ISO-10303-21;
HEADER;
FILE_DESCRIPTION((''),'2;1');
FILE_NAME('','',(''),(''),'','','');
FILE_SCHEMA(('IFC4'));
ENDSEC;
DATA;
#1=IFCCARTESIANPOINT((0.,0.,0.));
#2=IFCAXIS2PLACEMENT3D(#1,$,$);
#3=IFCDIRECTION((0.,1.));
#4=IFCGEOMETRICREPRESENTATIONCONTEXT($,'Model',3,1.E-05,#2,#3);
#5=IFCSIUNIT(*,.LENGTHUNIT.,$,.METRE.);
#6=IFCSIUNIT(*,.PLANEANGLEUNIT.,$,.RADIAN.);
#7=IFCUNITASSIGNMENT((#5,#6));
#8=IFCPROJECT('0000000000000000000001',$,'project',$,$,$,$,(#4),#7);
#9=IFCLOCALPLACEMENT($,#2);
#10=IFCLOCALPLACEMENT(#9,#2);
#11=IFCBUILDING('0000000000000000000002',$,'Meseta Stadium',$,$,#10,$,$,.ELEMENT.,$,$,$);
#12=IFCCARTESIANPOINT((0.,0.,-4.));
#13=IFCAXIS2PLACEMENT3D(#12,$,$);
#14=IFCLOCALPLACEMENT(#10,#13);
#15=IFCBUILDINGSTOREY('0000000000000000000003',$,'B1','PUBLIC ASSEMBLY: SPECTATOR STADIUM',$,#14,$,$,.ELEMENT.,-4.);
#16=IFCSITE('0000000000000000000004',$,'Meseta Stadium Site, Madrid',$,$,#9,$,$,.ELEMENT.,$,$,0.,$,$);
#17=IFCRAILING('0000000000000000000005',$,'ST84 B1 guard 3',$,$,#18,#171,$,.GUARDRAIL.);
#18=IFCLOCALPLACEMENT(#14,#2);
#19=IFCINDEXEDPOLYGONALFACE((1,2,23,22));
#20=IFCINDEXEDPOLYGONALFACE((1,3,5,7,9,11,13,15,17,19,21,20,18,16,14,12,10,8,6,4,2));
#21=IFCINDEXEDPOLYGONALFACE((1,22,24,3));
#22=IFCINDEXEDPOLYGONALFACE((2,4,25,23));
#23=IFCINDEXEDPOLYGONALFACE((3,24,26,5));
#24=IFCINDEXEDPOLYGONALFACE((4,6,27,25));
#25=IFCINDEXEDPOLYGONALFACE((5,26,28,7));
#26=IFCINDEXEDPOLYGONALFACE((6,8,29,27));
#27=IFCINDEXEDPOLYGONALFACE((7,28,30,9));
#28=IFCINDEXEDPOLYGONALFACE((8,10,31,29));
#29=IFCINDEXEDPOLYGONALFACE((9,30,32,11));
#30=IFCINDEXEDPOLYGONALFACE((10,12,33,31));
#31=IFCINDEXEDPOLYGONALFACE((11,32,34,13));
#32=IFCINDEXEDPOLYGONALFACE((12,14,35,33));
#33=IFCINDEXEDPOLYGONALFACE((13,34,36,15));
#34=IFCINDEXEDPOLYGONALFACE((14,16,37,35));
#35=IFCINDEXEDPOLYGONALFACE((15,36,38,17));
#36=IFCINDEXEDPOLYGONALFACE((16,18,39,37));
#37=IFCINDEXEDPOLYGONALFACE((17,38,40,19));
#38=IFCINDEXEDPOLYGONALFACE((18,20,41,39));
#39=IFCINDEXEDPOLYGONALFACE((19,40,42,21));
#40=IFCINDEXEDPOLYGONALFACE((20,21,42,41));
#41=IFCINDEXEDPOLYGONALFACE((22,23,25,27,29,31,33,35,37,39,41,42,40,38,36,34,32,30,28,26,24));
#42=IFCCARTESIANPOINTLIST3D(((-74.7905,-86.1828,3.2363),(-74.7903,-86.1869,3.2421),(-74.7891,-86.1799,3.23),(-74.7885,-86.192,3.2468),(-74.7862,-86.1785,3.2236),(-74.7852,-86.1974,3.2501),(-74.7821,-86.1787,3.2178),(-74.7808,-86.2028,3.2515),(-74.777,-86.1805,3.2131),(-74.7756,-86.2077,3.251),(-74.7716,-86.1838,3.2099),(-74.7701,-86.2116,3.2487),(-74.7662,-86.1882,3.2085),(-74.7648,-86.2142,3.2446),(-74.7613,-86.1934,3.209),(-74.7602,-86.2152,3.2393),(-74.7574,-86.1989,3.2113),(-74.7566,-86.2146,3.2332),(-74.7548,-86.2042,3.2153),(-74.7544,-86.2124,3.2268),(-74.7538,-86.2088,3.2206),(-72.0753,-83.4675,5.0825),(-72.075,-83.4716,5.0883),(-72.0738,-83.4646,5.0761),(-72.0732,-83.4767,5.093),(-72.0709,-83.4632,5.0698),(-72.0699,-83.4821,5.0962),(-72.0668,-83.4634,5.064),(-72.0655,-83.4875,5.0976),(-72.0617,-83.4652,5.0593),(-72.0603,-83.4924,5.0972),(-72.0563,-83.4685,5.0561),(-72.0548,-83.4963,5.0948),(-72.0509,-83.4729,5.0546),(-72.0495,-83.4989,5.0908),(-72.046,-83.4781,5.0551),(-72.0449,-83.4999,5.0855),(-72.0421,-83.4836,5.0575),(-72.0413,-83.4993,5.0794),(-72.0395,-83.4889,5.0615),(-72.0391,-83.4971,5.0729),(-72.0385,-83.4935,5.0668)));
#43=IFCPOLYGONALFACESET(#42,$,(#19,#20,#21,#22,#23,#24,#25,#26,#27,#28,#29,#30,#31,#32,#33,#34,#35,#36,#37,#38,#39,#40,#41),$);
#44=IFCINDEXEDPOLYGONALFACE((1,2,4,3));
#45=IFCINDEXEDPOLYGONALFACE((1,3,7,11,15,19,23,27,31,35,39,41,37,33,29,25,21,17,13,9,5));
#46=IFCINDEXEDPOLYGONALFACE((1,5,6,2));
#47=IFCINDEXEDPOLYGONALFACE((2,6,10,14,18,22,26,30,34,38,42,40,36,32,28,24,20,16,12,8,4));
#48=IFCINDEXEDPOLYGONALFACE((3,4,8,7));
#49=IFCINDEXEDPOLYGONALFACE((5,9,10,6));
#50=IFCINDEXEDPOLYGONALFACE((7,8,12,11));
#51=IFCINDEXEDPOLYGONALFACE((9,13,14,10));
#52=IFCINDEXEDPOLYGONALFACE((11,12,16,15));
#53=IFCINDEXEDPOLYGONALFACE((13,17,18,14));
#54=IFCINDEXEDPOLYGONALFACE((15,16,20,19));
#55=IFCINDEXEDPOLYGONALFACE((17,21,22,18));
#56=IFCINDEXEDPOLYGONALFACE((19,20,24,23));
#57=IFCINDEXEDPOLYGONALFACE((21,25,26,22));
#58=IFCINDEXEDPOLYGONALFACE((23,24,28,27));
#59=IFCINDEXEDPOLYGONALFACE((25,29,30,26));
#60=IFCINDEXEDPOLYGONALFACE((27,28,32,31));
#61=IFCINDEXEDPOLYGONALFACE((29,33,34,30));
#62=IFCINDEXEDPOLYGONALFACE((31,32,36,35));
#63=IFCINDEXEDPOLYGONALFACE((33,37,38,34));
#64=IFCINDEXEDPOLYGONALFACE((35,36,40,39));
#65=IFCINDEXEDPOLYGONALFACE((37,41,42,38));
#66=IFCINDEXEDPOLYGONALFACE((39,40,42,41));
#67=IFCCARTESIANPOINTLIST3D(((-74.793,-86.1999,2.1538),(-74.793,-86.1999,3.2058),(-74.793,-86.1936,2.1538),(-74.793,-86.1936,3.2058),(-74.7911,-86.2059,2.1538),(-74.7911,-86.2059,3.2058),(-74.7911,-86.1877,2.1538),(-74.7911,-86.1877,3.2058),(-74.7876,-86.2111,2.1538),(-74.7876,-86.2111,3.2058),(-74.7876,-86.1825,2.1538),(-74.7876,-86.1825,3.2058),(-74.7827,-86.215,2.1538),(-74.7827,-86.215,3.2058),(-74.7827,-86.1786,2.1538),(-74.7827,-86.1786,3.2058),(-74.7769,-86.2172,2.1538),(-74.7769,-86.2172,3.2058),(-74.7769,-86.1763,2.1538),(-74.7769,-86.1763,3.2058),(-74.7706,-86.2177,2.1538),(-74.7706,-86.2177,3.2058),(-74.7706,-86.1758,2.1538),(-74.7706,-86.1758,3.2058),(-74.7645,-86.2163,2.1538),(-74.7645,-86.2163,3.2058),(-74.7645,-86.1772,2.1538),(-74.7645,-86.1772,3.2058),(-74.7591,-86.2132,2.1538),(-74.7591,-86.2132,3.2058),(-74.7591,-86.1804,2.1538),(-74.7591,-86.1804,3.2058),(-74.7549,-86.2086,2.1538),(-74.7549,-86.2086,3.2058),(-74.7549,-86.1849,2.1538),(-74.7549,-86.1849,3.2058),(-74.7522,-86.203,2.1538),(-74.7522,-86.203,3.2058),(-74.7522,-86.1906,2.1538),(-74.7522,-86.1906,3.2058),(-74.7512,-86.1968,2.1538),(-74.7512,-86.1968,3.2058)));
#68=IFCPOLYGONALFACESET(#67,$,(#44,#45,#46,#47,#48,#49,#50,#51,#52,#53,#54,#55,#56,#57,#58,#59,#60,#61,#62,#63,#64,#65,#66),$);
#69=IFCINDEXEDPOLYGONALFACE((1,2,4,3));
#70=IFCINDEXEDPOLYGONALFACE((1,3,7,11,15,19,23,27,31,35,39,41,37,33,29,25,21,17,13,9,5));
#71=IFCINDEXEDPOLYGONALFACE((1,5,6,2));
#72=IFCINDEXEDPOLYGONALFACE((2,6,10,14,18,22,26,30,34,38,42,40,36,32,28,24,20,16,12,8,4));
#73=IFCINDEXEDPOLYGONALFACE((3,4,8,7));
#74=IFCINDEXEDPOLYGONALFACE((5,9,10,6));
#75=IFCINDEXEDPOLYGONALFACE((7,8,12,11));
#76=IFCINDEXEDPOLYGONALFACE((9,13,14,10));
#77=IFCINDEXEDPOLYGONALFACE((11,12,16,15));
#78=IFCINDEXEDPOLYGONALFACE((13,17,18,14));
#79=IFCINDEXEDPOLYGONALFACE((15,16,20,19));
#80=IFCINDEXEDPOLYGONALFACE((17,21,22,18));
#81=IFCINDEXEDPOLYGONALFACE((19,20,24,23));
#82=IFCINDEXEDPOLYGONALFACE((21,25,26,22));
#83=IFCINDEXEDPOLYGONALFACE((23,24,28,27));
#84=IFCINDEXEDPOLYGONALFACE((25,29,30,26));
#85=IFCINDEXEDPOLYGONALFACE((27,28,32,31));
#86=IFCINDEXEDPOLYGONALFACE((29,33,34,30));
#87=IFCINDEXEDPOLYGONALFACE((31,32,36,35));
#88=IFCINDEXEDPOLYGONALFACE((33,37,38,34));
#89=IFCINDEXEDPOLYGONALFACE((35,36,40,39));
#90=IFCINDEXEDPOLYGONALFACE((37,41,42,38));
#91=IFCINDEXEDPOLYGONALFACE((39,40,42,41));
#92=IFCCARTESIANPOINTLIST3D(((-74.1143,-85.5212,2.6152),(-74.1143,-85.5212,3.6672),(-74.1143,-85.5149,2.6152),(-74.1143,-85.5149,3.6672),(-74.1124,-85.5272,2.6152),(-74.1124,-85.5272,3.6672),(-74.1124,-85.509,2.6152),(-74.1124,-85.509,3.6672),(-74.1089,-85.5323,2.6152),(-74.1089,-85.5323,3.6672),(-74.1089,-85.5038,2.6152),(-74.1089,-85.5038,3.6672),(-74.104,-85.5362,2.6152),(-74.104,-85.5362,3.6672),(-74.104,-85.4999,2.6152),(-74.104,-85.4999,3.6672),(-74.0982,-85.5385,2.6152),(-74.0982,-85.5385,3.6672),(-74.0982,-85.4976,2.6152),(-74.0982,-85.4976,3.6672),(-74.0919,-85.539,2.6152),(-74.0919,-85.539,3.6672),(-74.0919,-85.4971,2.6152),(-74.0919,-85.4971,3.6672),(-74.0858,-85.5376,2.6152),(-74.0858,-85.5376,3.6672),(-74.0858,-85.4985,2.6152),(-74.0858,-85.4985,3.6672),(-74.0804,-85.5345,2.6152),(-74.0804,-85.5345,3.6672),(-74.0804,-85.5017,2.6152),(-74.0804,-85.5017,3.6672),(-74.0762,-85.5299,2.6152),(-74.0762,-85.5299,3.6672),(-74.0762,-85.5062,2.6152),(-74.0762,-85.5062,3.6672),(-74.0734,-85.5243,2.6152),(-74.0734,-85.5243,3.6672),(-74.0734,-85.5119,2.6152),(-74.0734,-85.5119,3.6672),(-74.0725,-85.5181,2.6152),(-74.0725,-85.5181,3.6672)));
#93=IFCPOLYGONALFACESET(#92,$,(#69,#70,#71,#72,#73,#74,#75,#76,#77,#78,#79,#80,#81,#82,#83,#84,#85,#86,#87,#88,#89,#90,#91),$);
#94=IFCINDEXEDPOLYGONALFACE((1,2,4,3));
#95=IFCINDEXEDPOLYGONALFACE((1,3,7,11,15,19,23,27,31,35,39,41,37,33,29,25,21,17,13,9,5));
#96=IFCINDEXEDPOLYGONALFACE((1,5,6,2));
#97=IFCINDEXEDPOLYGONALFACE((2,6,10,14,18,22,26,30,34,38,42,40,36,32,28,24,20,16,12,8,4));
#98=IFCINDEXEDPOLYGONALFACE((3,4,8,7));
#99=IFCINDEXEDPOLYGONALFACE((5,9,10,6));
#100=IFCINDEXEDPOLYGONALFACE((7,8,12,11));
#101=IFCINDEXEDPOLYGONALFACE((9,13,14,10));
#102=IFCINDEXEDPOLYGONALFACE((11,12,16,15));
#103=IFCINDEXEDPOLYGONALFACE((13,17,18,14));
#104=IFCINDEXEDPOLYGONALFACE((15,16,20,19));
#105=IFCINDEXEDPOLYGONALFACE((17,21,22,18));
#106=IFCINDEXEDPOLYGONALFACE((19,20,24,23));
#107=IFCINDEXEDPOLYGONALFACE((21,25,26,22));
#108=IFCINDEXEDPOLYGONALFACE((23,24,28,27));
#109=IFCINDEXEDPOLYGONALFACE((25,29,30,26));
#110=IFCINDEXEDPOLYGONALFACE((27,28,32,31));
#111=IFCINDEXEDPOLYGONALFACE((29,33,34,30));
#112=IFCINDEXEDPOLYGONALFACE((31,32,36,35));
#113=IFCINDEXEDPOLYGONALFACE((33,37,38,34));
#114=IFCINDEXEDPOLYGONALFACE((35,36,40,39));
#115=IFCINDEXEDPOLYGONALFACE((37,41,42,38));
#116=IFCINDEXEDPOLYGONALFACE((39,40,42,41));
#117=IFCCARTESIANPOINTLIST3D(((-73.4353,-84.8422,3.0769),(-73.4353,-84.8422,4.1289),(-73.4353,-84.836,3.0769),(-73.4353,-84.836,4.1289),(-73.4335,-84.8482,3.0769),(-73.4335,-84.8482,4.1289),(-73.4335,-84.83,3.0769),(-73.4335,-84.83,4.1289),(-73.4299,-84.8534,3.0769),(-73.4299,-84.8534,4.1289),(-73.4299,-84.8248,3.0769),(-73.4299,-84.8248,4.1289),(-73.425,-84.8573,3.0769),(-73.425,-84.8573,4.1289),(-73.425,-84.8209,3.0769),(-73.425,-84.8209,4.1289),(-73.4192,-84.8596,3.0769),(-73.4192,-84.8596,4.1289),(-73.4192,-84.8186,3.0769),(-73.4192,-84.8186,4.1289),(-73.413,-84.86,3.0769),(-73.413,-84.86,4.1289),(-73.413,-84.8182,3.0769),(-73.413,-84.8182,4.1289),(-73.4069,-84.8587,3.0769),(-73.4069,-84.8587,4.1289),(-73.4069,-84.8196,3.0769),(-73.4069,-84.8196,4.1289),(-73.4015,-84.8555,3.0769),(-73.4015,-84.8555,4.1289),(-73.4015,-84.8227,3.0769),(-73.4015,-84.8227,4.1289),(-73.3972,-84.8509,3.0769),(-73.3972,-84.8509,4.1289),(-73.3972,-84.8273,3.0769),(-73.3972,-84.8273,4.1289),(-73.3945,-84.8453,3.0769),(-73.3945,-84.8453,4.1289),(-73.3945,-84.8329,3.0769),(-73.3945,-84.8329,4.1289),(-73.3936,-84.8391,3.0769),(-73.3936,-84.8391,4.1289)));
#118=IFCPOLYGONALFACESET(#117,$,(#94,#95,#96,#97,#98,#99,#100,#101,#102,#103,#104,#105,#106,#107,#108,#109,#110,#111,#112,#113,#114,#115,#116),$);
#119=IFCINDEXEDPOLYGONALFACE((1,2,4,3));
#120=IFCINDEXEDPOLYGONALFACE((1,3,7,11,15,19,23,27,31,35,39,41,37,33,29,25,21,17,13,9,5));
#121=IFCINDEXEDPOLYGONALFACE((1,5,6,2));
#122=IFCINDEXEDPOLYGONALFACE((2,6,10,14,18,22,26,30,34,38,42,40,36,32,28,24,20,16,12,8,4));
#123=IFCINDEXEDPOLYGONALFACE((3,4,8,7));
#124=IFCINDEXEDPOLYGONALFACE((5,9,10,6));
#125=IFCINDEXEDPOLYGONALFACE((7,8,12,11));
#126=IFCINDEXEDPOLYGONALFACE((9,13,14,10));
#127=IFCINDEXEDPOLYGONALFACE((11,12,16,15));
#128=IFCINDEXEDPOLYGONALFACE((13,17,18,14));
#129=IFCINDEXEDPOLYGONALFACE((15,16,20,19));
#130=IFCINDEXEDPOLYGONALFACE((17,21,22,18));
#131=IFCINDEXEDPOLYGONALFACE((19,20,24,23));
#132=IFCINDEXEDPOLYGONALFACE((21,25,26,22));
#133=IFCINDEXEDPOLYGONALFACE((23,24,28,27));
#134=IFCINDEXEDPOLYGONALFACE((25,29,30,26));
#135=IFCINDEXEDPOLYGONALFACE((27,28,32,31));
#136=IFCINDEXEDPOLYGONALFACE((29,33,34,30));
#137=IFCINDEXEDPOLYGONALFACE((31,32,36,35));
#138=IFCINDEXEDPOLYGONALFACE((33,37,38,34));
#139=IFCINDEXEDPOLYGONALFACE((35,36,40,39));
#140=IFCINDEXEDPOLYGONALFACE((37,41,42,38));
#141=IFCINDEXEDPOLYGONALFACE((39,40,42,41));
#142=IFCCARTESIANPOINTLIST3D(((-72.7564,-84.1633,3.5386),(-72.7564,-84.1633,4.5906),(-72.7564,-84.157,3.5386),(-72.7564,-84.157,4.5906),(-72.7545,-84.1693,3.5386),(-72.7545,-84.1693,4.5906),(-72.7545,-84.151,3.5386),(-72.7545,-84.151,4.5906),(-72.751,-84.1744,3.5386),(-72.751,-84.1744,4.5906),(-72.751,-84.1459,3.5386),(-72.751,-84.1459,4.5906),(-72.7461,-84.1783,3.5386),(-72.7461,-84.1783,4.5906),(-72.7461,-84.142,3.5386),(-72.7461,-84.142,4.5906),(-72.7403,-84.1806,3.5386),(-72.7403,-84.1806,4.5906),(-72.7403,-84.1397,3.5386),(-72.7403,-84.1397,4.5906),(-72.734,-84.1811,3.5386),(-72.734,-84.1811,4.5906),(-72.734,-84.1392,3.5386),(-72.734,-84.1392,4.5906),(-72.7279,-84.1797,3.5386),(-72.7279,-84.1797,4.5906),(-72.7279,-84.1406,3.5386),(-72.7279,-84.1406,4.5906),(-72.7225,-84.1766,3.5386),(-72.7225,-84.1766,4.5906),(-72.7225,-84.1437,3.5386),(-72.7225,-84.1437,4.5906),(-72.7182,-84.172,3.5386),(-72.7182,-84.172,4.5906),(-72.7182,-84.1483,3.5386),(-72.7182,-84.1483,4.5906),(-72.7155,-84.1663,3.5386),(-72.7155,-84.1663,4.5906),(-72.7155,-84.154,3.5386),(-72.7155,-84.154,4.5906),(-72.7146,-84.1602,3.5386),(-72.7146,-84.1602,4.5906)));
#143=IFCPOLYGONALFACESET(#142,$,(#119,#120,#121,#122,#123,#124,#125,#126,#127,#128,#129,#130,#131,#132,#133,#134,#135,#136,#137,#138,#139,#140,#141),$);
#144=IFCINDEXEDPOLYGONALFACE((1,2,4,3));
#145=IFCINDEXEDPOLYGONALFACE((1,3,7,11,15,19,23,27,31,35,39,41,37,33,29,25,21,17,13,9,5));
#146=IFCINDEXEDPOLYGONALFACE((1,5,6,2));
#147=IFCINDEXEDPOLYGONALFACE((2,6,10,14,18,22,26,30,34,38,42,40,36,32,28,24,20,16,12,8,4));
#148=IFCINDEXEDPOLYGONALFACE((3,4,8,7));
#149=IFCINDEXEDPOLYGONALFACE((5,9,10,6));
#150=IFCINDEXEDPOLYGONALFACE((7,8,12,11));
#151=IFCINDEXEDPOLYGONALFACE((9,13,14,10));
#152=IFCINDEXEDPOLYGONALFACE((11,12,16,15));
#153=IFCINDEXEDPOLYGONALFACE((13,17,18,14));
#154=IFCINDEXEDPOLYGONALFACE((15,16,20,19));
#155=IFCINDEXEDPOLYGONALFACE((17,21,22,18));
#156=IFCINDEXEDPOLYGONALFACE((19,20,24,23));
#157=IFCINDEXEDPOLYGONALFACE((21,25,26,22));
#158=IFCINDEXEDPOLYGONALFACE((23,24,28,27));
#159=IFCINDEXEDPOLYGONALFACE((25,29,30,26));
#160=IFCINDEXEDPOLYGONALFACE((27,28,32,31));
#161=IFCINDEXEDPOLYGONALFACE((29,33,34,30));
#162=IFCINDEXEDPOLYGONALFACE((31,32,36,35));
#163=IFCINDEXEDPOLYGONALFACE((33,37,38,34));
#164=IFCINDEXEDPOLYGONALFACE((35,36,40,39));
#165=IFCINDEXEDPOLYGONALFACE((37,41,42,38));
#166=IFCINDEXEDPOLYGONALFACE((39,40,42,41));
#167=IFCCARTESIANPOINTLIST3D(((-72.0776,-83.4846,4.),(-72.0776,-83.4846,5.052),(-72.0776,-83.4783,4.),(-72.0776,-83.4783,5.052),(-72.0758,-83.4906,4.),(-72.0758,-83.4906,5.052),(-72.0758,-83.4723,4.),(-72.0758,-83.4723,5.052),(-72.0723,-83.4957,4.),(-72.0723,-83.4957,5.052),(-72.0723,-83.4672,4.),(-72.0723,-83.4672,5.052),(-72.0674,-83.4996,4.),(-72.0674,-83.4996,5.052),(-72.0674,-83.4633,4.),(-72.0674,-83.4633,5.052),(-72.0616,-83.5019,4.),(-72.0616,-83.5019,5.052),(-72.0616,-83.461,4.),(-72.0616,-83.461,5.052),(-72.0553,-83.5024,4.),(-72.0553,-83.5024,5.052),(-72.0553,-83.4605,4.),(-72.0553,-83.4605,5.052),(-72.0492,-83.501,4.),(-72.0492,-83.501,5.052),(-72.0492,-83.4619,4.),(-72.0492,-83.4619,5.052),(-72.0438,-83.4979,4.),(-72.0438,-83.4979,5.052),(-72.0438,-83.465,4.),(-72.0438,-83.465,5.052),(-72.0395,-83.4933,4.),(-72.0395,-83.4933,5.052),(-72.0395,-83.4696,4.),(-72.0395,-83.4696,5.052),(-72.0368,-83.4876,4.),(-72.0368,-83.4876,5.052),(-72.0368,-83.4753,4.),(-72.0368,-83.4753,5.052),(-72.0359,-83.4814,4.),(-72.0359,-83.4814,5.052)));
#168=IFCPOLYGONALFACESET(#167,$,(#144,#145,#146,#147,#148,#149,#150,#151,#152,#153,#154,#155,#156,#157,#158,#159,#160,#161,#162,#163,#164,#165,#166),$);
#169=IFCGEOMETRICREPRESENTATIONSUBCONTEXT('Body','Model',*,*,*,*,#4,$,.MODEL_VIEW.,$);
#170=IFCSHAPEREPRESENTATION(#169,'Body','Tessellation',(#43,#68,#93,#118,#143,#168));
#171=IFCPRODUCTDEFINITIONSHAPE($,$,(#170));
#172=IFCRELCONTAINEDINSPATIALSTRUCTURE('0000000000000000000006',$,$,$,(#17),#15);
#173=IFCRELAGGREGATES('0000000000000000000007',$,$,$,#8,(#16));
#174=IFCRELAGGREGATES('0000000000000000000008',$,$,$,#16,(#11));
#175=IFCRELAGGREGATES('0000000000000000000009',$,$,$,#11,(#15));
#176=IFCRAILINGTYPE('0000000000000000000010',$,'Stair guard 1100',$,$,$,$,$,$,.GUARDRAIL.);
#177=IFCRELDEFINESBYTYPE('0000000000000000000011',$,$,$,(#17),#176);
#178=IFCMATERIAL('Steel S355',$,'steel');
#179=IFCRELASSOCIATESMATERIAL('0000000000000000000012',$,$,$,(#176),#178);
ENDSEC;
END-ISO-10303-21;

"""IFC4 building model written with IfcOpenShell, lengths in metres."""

from ifc_helpers import new_model, si_unit, direction, frame, origin, origin_2d, place, context, subcontext, project, spatial, circle, extrude, material, type_object, element, save


model = new_model("IFC4")

# Units and contexts
model_context = context("Model", 3, precision=1e-05, world=origin(), true_north=direction((0.0, 1.0)))
body_context = subcontext(model_context, "Body", "Model", "MODEL_VIEW")
ifc_project = project(units=[si_unit("LENGTHUNIT", "METRE"), si_unit("PLANEANGLEUNIT", "RADIAN")], contexts=[model_context])

# Site, building, storey
site_placement = place(None, origin())
site = spatial("IfcSite", under=ifc_project, at=site_placement, Name="Meseta Stadium Site, Madrid", CompositionType="ELEMENT", RefElevation=0.0)
building_placement = place(site_placement, origin())
building = spatial("IfcBuilding", under=site, at=building_placement, Name="Meseta Stadium", CompositionType="ELEMENT")
storey_placement = place(building_placement, frame((0.0, 0.0, -4.0)))
storey = spatial("IfcBuildingStorey", under=building, at=storey_placement, Name="B1", Description="PUBLIC ASSEMBLY: SPECTATOR STADIUM", CompositionType="ELEMENT", Elevation=-4.0)

# Railing
ifc_material_1 = material(Name="Steel S355", Category="steel")
railing_type_1 = type_object("IfcRailingType", Name="Stair guard 1100", PredefinedType="GUARDRAIL", material=ifc_material_1)
railing_1_placement = place(storey_placement, frame((-74.7722, -86.1968, 2.1538)))
element("IfcRailing", 1, at=railing_1_placement, inside=storey, type_object=railing_type_1, Name="ST84 B1 guard 3", PredefinedType="GUARDRAIL", context=body_context, shape_type="SweptSolid", body=[
    extrude(circle(Radius=0.0239, at=origin_2d()), frame((0.0, 0.0, 1.0762), z_axis=(0.637281, 0.637281, 0.433296), x_axis=(-0.707107, 0.707107, 0.0)), (0.0, 0.0, 1.0), 4.2607),
    extrude(circle(Radius=0.021, at=origin_2d()), origin(), (0.0, 0.0, 1.0), 1.052),
    extrude(circle(Radius=0.021, at=origin_2d()), frame((0.6787, 0.6787, 0.4614)), (0.0, 0.0, 1.0), 1.052),
    extrude(circle(Radius=0.021, at=origin_2d()), frame((1.3577, 1.3577, 0.9231)), (0.0, 0.0, 1.0), 1.052),
    extrude(circle(Radius=0.021, at=origin_2d()), frame((2.0366, 2.0366, 1.3848)), (0.0, 0.0, 1.0), 1.052),
    extrude(circle(Radius=0.021, at=origin_2d()), frame((2.7153, 2.7153, 1.8462)), (0.0, 0.0, 1.0), 1.052),
])

save(model, "model.ifc")
